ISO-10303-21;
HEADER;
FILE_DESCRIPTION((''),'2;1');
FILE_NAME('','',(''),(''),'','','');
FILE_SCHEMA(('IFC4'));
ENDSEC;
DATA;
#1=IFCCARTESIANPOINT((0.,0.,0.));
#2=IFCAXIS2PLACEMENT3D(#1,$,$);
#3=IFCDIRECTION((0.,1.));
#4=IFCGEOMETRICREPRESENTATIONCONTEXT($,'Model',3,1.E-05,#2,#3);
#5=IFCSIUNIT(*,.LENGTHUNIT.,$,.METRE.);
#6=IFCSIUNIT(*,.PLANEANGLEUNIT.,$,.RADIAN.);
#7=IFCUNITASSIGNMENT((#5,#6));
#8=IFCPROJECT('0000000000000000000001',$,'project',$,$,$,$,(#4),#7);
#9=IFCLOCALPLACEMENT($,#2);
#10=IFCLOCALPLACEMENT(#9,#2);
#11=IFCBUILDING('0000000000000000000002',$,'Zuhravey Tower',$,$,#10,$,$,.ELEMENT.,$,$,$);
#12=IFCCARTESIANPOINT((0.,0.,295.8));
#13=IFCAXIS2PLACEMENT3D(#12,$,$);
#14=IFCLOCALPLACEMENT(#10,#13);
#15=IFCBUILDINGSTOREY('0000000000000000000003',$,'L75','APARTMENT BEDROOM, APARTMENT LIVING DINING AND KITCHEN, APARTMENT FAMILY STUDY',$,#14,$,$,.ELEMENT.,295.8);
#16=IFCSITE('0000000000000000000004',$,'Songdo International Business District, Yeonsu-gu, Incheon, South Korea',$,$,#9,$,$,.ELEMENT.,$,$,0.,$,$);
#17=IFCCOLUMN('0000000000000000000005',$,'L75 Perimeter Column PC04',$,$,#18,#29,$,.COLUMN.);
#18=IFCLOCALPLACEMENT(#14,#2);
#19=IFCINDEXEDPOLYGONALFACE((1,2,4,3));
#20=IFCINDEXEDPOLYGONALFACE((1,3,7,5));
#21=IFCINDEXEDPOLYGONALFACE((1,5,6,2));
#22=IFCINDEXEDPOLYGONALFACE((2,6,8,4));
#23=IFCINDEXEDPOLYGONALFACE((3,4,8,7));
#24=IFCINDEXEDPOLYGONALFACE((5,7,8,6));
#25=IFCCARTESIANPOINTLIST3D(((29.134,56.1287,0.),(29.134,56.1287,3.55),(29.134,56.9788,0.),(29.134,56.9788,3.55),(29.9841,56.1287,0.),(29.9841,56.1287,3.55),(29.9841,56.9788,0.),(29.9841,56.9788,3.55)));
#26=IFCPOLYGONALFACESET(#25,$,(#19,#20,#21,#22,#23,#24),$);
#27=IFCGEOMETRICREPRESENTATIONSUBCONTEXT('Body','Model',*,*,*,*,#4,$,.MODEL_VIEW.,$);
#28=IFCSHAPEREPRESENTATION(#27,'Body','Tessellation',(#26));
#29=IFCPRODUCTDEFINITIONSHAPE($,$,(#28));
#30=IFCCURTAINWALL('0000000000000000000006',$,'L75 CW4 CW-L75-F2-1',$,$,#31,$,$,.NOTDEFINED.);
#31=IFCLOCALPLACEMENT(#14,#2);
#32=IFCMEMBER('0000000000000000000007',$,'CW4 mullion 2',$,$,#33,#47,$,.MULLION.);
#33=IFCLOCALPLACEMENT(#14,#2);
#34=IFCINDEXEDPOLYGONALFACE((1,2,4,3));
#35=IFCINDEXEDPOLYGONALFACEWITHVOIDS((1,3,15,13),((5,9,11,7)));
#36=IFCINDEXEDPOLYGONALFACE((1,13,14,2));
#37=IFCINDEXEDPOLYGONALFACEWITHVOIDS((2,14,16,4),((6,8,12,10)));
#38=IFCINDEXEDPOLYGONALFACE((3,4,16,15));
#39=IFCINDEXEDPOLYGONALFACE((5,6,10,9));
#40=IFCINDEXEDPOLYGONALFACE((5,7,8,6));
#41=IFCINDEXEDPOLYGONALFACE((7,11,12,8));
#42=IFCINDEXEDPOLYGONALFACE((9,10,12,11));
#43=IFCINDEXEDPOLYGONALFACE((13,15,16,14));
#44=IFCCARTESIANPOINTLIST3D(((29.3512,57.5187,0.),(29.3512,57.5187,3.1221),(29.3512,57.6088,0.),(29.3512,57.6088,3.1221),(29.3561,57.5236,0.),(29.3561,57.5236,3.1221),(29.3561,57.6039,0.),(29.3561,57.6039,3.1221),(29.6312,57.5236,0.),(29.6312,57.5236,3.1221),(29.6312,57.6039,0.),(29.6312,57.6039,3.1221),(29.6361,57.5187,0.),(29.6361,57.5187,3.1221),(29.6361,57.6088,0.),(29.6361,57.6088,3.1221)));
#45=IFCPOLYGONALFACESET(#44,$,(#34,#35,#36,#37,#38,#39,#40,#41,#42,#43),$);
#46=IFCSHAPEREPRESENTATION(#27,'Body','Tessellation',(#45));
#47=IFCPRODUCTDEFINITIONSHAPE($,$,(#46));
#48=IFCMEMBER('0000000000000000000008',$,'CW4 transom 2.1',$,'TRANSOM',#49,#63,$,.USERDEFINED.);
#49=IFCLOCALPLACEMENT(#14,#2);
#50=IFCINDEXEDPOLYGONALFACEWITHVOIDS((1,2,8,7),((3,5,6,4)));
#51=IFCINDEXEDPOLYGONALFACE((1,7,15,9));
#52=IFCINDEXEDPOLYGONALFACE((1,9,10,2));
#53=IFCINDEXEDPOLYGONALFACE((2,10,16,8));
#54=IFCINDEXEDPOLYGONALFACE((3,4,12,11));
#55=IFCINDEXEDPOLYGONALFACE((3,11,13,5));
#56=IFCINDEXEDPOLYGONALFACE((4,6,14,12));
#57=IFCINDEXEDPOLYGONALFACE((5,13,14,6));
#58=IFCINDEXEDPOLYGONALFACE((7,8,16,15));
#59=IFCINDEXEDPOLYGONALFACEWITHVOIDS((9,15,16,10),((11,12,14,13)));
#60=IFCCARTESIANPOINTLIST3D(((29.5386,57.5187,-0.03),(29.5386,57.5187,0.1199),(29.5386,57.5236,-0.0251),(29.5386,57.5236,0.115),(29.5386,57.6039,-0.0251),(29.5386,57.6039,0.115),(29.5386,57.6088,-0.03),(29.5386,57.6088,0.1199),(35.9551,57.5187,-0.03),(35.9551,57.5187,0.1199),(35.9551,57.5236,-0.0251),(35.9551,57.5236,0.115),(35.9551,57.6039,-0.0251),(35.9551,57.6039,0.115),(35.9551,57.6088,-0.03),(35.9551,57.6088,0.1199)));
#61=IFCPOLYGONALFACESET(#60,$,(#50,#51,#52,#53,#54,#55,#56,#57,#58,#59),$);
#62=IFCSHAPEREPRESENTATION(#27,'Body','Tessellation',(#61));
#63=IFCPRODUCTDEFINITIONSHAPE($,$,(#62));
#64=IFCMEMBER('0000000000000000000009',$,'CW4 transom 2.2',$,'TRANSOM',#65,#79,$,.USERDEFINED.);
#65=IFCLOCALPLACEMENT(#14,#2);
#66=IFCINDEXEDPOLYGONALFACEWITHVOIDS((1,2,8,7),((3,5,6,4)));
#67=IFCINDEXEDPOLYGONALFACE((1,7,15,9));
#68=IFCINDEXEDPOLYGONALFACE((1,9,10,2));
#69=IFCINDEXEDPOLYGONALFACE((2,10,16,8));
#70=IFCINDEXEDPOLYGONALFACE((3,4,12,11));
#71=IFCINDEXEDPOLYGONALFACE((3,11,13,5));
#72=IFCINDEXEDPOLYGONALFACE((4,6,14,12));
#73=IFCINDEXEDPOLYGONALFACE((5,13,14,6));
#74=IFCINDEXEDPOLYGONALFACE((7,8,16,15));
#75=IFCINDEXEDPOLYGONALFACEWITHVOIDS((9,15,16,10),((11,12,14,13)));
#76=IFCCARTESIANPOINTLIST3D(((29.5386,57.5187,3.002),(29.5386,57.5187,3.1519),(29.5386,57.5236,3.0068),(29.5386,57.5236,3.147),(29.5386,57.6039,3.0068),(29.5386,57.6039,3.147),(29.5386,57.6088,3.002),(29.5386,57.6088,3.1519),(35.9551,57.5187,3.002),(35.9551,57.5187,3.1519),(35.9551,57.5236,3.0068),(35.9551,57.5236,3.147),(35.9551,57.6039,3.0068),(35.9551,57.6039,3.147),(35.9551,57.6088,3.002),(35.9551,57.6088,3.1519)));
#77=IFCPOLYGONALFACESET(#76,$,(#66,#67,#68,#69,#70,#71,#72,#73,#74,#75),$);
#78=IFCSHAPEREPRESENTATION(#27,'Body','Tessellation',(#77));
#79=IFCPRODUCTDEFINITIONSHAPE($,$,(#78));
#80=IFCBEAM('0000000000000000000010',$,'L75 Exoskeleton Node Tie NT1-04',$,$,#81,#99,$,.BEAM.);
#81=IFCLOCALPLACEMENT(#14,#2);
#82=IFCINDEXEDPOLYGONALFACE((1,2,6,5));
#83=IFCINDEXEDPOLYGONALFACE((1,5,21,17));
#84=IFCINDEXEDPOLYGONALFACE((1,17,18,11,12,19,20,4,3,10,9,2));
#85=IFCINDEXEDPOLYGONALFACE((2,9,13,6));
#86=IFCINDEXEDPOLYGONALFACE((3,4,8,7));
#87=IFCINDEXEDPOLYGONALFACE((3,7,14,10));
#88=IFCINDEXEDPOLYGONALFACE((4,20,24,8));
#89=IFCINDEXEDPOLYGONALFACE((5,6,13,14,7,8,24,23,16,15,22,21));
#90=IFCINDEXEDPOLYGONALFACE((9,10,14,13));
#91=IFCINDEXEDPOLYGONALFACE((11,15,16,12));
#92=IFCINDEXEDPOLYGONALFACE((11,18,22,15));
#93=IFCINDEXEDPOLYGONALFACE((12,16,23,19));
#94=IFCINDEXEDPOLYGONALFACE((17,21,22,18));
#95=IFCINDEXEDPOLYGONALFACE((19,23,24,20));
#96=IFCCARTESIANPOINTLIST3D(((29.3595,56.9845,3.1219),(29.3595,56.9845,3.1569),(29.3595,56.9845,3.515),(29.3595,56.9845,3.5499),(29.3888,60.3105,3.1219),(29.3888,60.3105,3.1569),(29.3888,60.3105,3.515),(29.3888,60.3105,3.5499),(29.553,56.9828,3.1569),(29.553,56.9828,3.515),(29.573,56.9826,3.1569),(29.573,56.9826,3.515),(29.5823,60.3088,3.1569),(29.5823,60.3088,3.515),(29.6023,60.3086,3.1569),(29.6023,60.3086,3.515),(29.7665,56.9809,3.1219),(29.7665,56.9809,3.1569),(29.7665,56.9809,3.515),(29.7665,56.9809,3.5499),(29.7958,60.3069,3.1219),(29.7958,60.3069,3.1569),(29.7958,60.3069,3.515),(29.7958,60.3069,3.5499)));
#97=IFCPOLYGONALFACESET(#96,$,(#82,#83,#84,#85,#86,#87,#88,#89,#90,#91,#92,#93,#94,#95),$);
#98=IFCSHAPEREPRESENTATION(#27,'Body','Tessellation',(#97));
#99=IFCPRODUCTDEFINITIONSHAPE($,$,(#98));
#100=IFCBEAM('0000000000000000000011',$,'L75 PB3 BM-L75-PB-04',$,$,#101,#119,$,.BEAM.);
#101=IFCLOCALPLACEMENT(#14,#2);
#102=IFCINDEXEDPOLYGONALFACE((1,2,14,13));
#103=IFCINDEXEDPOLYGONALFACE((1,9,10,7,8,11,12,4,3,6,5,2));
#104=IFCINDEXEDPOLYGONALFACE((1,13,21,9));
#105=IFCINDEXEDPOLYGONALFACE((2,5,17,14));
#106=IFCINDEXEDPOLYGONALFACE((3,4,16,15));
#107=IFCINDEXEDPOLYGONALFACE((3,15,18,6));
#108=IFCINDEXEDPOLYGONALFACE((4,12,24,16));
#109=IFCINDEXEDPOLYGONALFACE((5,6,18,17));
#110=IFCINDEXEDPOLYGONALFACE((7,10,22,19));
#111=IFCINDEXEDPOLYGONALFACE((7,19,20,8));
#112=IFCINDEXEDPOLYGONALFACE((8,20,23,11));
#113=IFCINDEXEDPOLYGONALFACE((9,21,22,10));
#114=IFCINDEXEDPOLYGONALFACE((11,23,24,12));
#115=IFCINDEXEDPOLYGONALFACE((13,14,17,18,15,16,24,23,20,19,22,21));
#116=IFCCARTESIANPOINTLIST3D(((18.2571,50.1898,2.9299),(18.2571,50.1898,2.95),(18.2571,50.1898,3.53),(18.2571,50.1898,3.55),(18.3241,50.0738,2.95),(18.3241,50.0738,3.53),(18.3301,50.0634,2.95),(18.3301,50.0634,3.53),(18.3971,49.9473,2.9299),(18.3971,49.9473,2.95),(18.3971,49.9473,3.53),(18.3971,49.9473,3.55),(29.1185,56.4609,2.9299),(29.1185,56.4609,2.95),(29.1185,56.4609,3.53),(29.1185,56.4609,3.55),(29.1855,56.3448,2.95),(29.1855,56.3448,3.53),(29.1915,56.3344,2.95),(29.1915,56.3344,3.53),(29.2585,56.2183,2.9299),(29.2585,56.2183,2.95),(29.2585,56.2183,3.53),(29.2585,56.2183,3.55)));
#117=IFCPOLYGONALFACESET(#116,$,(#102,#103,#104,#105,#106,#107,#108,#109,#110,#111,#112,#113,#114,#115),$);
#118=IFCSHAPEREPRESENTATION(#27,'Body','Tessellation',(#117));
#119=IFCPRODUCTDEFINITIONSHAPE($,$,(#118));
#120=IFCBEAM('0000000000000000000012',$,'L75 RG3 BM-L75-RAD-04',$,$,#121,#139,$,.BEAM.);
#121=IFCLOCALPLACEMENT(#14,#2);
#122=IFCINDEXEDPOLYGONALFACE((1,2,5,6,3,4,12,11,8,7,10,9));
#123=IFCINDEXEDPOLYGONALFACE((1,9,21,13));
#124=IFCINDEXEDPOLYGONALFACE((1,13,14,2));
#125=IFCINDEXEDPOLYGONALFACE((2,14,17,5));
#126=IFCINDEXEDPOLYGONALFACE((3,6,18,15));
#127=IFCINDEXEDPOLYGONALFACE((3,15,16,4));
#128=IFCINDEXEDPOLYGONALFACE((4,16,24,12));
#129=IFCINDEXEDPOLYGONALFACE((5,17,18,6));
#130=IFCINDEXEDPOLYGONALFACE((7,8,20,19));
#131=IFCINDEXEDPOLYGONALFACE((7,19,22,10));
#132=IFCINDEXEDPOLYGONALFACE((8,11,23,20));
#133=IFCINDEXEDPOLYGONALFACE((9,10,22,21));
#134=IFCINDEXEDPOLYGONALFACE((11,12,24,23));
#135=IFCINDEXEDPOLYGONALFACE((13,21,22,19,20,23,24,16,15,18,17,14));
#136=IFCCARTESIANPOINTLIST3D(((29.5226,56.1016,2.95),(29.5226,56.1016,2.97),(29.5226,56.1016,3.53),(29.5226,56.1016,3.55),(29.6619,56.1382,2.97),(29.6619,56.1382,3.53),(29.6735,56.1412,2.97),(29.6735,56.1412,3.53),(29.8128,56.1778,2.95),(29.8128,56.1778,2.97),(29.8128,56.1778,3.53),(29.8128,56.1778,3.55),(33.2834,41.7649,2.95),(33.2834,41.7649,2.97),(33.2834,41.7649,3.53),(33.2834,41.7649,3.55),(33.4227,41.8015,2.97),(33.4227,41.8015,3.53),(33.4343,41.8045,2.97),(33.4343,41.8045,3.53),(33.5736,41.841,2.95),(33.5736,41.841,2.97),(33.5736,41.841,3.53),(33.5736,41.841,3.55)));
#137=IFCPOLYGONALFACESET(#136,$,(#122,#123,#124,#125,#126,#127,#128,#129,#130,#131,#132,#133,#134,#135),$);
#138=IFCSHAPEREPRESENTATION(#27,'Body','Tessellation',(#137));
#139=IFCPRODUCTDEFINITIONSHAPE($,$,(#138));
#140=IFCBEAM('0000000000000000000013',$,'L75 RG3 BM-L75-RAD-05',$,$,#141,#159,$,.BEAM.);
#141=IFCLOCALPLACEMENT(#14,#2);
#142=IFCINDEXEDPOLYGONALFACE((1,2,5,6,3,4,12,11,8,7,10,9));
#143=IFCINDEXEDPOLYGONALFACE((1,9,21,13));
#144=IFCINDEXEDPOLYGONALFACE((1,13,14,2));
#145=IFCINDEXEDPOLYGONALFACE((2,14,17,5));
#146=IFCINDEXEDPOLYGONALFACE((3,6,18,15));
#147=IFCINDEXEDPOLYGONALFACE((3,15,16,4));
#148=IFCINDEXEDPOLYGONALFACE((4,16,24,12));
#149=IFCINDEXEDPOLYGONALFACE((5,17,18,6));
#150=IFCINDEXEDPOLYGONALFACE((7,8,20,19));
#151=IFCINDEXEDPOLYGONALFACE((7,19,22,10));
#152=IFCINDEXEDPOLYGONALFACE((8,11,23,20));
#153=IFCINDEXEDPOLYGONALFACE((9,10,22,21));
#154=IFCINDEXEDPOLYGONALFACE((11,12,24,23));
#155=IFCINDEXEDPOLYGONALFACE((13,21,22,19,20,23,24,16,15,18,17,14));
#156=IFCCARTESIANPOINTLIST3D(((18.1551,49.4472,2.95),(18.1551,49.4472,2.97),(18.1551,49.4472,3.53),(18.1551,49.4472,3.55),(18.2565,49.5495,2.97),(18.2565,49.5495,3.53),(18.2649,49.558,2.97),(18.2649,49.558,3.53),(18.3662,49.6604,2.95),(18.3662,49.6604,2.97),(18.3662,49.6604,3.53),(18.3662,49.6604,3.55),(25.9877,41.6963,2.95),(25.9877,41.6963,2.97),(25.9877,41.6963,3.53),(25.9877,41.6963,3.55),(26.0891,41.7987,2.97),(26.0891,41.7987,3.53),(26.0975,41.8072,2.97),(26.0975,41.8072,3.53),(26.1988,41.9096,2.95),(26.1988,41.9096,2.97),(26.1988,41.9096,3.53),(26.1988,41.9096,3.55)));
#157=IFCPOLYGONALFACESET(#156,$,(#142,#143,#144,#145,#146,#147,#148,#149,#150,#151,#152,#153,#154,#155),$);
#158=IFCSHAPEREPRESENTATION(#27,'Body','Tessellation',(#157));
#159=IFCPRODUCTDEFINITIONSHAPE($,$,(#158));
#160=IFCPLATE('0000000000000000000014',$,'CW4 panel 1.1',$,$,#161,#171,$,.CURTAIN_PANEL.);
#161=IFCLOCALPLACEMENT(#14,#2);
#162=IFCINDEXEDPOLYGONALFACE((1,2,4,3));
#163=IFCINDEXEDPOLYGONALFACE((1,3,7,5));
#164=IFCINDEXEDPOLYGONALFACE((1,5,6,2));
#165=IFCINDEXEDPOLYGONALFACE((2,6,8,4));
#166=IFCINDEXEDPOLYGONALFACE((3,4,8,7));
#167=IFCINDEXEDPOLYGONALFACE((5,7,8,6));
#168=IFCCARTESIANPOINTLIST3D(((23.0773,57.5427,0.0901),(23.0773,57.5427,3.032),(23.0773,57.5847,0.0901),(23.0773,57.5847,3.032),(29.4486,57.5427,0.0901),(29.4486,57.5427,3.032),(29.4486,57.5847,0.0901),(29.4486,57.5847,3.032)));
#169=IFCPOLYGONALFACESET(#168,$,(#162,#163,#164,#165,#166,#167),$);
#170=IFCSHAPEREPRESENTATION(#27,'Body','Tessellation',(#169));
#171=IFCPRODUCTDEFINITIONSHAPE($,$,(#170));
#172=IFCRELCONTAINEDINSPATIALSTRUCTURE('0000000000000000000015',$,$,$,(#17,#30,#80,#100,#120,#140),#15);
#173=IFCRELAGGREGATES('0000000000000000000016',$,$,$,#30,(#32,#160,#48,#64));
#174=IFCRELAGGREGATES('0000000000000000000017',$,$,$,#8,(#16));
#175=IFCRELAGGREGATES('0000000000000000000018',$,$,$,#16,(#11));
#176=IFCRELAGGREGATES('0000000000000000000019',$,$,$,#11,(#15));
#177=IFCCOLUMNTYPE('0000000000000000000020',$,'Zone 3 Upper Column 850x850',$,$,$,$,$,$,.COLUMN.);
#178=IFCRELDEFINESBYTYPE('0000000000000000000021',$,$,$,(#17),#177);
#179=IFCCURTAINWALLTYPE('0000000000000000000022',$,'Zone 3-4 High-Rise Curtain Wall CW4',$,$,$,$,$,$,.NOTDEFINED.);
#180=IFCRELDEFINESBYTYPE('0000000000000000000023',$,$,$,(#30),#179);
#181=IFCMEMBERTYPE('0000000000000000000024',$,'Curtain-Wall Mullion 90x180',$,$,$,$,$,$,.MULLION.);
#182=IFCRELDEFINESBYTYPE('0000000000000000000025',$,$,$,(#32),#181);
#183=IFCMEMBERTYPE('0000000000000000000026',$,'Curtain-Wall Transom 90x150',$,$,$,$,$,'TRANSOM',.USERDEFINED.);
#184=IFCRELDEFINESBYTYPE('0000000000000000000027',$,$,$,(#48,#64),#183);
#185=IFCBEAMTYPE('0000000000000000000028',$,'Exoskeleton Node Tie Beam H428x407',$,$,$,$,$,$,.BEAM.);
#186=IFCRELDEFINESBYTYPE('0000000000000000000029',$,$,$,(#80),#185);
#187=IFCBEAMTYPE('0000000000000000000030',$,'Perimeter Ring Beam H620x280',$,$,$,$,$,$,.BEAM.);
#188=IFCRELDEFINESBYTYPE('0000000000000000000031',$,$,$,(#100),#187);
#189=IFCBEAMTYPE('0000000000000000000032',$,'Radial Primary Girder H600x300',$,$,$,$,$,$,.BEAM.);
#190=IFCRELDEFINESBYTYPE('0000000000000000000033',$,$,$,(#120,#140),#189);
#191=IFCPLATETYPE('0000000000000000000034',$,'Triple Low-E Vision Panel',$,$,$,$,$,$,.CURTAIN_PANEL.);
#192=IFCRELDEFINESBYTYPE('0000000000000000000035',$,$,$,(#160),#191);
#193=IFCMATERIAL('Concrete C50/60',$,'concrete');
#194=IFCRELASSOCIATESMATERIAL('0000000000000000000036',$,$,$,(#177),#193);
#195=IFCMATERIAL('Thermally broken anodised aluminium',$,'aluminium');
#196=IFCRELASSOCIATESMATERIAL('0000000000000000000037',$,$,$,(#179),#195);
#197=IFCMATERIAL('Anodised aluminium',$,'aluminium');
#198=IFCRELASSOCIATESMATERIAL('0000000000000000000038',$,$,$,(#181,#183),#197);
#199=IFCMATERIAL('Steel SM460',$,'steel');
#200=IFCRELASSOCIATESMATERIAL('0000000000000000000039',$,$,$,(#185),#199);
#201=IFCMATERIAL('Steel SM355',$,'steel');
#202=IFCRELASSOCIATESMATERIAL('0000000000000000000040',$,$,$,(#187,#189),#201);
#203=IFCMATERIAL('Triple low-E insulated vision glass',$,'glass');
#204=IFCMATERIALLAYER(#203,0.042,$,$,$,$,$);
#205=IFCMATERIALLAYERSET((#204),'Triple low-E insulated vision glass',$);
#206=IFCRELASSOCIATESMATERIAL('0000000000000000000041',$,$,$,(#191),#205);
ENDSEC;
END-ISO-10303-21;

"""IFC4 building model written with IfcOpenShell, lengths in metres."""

from ifc_helpers import new_model, si_unit, direction, frame, origin, origin_2d, place, context, subcontext, project, spatial, rectangle, hollow_rectangle, i_section, extrude, material, layer, layer_set, material_profile, profile_set, type_object, element, aggregate, save


model = new_model("IFC4")

# Units and contexts
model_context = context("Model", 3, precision=1e-05, world=origin(), true_north=direction((0.0, 1.0)))
body_context = subcontext(model_context, "Body", "Model", "MODEL_VIEW")
ifc_project = project(units=[si_unit("LENGTHUNIT", "METRE"), si_unit("PLANEANGLEUNIT", "RADIAN")], contexts=[model_context])

# Site, building, storey
site_placement = place(None, origin())
site = spatial("IfcSite", under=ifc_project, at=site_placement, Name="Songdo International Business District, Yeonsu-gu, Incheon, South Korea", CompositionType="ELEMENT", RefElevation=0.0)
building_placement = place(site_placement, origin())
building = spatial("IfcBuilding", under=site, at=building_placement, Name="Zuhravey Tower", CompositionType="ELEMENT")
storey_placement = place(building_placement, frame((0.0, 0.0, 295.8)))
storey = spatial("IfcBuildingStorey", under=building, at=storey_placement, Name="L75", Description="APARTMENT BEDROOM, APARTMENT LIVING DINING AND KITCHEN, APARTMENT FAMILY STUDY", CompositionType="ELEMENT", Elevation=295.8)

# Column
ifc_material_1 = material(Name="Concrete C50/60", Category="concrete")
ifc_material_profile_1 = material_profile(ifc_material_1, rectangle(XDim=0.8501, YDim=0.8501, at=origin_2d()), Name="RC-850x850")
ifc_profile_set_1 = profile_set([ifc_material_profile_1], Name="Concrete C50/60")
column_type = type_object("IfcColumnType", Name="Zone 3 Upper Column 850x850", PredefinedType="COLUMN", material=ifc_profile_set_1)
column_placement = place(storey_placement, frame((29.5591, 56.5537, 0.0), z_axis=(0.0, 0.0, 1.0), x_axis=(-1.0, 0.0, 0.0)))
element("IfcColumn", 1, at=column_placement, inside=storey, type_object=column_type, Name="L75 Perimeter Column PC04", PredefinedType="COLUMN", context=body_context, shape_type="SweptSolid", body=[
    extrude(rectangle(XDim=0.8501, YDim=0.8501, at=origin_2d()), origin(), (0.0, 0.0, 1.0), 3.55),
])

# Curtain wall, members
ifc_material_2 = material(Name="Thermally broken anodised aluminium", Category="aluminium")
curtain_wall_type = type_object("IfcCurtainWallType", Name="Zone 3-4 High-Rise Curtain Wall CW4", PredefinedType="NOTDEFINED", material=ifc_material_2)
curtain_wall_placement = place(storey_placement, origin())
curtain_wall = element("IfcCurtainWall", 2, at=curtain_wall_placement, inside=storey, type_object=curtain_wall_type, Name="L75 CW4 CW-L75-F2-1", PredefinedType="NOTDEFINED")
ifc_material_3 = material(Name="Anodised aluminium", Category="aluminium")
ifc_material_profile_2 = material_profile(ifc_material_3, hollow_rectangle(XDim=0.0901, YDim=0.2849, WallThickness=0.0049, at=origin_2d()), Name="ALU-RHS-90x285x5")
ifc_profile_set_2 = profile_set([ifc_material_profile_2], Name="Anodised aluminium")
member_type_1 = type_object("IfcMemberType", Name="Curtain-Wall Mullion 90x180", PredefinedType="MULLION", material=ifc_profile_set_2)
member_1_placement = place(storey_placement, frame((29.4937, 57.5637, 0.0), z_axis=(0.0, 0.0, 1.0), x_axis=(0.0, 1.0, 0.0)))
member_1 = element("IfcMember", 3, at=member_1_placement, type_object=member_type_1, Name="CW4 mullion 2", PredefinedType="MULLION", context=body_context, shape_type="SweptSolid", body=[
    extrude(hollow_rectangle(XDim=0.0901, YDim=0.2849, WallThickness=0.0049, at=origin_2d()), origin(), (0.0, 0.0, 1.0), 3.1221),
])
ifc_material_profile_3 = material_profile(ifc_material_3, hollow_rectangle(XDim=0.0901, YDim=0.1499, WallThickness=0.0049, at=origin_2d()), Name="ALU-RHS-90x150x5")
ifc_profile_set_3 = profile_set([ifc_material_profile_3], Name="Anodised aluminium")
member_type_2 = type_object("IfcMemberType", Name="Curtain-Wall Transom 90x150", ElementType="TRANSOM", PredefinedType="USERDEFINED", material=ifc_profile_set_3)
member_2_placement = place(storey_placement, frame((29.5386, 57.5637, 0.0449), z_axis=(1.0, 0.0, 0.0), x_axis=(0.0, 1.0, 0.0)))
member_2 = element("IfcMember", 4, at=member_2_placement, type_object=member_type_2, Name="CW4 transom 2.1", ObjectType="TRANSOM", PredefinedType="USERDEFINED", context=body_context, shape_type="SweptSolid", body=[
    extrude(hollow_rectangle(XDim=0.0901, YDim=0.1499, WallThickness=0.0049, at=origin_2d()), origin(), (0.0, 0.0, 1.0), 6.4165),
])
member_3_placement = place(storey_placement, frame((29.5386, 57.5637, 3.0769), z_axis=(1.0, 0.0, 0.0), x_axis=(0.0, 1.0, 0.0)))
member_3 = element("IfcMember", 5, at=member_3_placement, type_object=member_type_2, Name="CW4 transom 2.2", ObjectType="TRANSOM", PredefinedType="USERDEFINED", context=body_context, shape_type="SweptSolid", body=[
    extrude(hollow_rectangle(XDim=0.0901, YDim=0.1499, WallThickness=0.0049, at=origin_2d()), origin(), (0.0, 0.0, 1.0), 6.4165),
])

# Beams
ifc_material_4 = material(Name="Steel SM460", Category="steel")
ifc_material_profile_4 = material_profile(ifc_material_4, i_section(OverallWidth=0.407, OverallDepth=0.428, WebThickness=0.02, FlangeThickness=0.0349, at=origin_2d()), Name="H-428x407x20x35")
ifc_profile_set_4 = profile_set([ifc_material_profile_4], Name="Steel SM460")
beam_type_1 = type_object("IfcBeamType", Name="Exoskeleton Node Tie Beam H428x407", PredefinedType="BEAM", material=ifc_profile_set_4)
beam_1_placement = place(storey_placement, frame((29.563, 56.9827, 3.3359), z_axis=(0.008808, 0.999961, 0.0), x_axis=(-0.999961, 0.008808, 0.0)))
element("IfcBeam", 6, at=beam_1_placement, inside=storey, type_object=beam_type_1, Name="L75 Exoskeleton Node Tie NT1-04", PredefinedType="BEAM", context=body_context, shape_type="SweptSolid", body=[
    extrude(i_section(OverallWidth=0.407, OverallDepth=0.428, WebThickness=0.02, FlangeThickness=0.0349, at=origin_2d()), origin(), (0.0, 0.0, 1.0), 3.3262),
])
ifc_material_5 = material(Name="Steel SM355", Category="steel")
ifc_material_profile_5 = material_profile(ifc_material_5, i_section(OverallWidth=0.28, OverallDepth=0.6201, WebThickness=0.012, FlangeThickness=0.02, at=origin_2d()), Name="H-620x280x12x20")
ifc_profile_set_5 = profile_set([ifc_material_profile_5], Name="Steel SM355")
beam_type_2 = type_object("IfcBeamType", Name="Perimeter Ring Beam H620x280", PredefinedType="BEAM", material=ifc_profile_set_5)
beam_2_placement = place(storey_placement, frame((29.1885, 56.3396, 3.24), z_axis=(-0.866018, -0.500012, 0.0), x_axis=(0.500012, -0.866018, 0.0)))
element("IfcBeam", 7, at=beam_2_placement, inside=storey, type_object=beam_type_2, Name="L75 PB3 BM-L75-PB-04", PredefinedType="BEAM", context=body_context, shape_type="SweptSolid", body=[
    extrude(i_section(OverallWidth=0.28, OverallDepth=0.6201, WebThickness=0.012, FlangeThickness=0.02, at=origin_2d()), origin(), (0.0, 0.0, 1.0), 12.5417),
])
ifc_material_profile_6 = material_profile(ifc_material_5, i_section(OverallWidth=0.3, OverallDepth=0.6001, WebThickness=0.012, FlangeThickness=0.02, at=origin_2d()), Name="H-600x300x12x20")
ifc_profile_set_6 = profile_set([ifc_material_profile_6], Name="Steel SM355")
beam_type_3 = type_object("IfcBeamType", Name="Radial Primary Girder H600x300", PredefinedType="BEAM", material=ifc_profile_set_6)
beam_3_placement = place(storey_placement, frame((33.4285, 41.803, 3.25), z_axis=(-0.253732, 0.967275, 0.0), x_axis=(-0.967275, -0.253732, 0.0)))
element("IfcBeam", 8, at=beam_3_placement, inside=storey, type_object=beam_type_3, Name="L75 RG3 BM-L75-RAD-04", PredefinedType="BEAM", context=body_context, shape_type="SweptSolid", body=[
    extrude(i_section(OverallWidth=0.3, OverallDepth=0.6001, WebThickness=0.012, FlangeThickness=0.02, at=origin_2d()), origin(), (0.0, 0.0, 1.0), 14.8218),
])
beam_4_placement = place(storey_placement, frame((26.0933, 41.803, 3.25), z_axis=(-0.710808, 0.703386, 0.0), x_axis=(-0.703386, -0.710808, 0.0)))
element("IfcBeam", 9, at=beam_4_placement, inside=storey, type_object=beam_type_3, Name="L75 RG3 BM-L75-RAD-05", PredefinedType="BEAM", context=body_context, shape_type="SweptSolid", body=[
    extrude(i_section(OverallWidth=0.3, OverallDepth=0.6001, WebThickness=0.012, FlangeThickness=0.02, at=origin_2d()), origin(), (0.0, 0.0, 1.0), 11.0193),
])

# Plate
ifc_material_6 = material(Name="Triple low-E insulated vision glass", Category="glass")
ifc_layer_1 = layer(ifc_material_6, 0.042)
ifc_layer_set_1 = layer_set([ifc_layer_1], Name="Triple low-E insulated vision glass")
plate_type = type_object("IfcPlateType", Name="Triple Low-E Vision Panel", PredefinedType="CURTAIN_PANEL", material=ifc_layer_set_1)
plate_1_placement = place(storey_placement, frame((26.2629, 57.5637, 0.0901), z_axis=(0.0, 0.0, 1.0), x_axis=(1.0, 0.0, 0.0)))
plate_1 = element("IfcPlate", 10, at=plate_1_placement, type_object=plate_type, Name="CW4 panel 1.1", PredefinedType="CURTAIN_PANEL", context=body_context, shape_type="SweptSolid", body=[
    extrude(rectangle(XDim=6.3713, YDim=0.042, at=origin_2d()), origin(), (0.0, 0.0, 1.0), 2.9419),
])
aggregate(curtain_wall, [member_1, plate_1, member_2, member_3])

save(model, "model.ifc")
